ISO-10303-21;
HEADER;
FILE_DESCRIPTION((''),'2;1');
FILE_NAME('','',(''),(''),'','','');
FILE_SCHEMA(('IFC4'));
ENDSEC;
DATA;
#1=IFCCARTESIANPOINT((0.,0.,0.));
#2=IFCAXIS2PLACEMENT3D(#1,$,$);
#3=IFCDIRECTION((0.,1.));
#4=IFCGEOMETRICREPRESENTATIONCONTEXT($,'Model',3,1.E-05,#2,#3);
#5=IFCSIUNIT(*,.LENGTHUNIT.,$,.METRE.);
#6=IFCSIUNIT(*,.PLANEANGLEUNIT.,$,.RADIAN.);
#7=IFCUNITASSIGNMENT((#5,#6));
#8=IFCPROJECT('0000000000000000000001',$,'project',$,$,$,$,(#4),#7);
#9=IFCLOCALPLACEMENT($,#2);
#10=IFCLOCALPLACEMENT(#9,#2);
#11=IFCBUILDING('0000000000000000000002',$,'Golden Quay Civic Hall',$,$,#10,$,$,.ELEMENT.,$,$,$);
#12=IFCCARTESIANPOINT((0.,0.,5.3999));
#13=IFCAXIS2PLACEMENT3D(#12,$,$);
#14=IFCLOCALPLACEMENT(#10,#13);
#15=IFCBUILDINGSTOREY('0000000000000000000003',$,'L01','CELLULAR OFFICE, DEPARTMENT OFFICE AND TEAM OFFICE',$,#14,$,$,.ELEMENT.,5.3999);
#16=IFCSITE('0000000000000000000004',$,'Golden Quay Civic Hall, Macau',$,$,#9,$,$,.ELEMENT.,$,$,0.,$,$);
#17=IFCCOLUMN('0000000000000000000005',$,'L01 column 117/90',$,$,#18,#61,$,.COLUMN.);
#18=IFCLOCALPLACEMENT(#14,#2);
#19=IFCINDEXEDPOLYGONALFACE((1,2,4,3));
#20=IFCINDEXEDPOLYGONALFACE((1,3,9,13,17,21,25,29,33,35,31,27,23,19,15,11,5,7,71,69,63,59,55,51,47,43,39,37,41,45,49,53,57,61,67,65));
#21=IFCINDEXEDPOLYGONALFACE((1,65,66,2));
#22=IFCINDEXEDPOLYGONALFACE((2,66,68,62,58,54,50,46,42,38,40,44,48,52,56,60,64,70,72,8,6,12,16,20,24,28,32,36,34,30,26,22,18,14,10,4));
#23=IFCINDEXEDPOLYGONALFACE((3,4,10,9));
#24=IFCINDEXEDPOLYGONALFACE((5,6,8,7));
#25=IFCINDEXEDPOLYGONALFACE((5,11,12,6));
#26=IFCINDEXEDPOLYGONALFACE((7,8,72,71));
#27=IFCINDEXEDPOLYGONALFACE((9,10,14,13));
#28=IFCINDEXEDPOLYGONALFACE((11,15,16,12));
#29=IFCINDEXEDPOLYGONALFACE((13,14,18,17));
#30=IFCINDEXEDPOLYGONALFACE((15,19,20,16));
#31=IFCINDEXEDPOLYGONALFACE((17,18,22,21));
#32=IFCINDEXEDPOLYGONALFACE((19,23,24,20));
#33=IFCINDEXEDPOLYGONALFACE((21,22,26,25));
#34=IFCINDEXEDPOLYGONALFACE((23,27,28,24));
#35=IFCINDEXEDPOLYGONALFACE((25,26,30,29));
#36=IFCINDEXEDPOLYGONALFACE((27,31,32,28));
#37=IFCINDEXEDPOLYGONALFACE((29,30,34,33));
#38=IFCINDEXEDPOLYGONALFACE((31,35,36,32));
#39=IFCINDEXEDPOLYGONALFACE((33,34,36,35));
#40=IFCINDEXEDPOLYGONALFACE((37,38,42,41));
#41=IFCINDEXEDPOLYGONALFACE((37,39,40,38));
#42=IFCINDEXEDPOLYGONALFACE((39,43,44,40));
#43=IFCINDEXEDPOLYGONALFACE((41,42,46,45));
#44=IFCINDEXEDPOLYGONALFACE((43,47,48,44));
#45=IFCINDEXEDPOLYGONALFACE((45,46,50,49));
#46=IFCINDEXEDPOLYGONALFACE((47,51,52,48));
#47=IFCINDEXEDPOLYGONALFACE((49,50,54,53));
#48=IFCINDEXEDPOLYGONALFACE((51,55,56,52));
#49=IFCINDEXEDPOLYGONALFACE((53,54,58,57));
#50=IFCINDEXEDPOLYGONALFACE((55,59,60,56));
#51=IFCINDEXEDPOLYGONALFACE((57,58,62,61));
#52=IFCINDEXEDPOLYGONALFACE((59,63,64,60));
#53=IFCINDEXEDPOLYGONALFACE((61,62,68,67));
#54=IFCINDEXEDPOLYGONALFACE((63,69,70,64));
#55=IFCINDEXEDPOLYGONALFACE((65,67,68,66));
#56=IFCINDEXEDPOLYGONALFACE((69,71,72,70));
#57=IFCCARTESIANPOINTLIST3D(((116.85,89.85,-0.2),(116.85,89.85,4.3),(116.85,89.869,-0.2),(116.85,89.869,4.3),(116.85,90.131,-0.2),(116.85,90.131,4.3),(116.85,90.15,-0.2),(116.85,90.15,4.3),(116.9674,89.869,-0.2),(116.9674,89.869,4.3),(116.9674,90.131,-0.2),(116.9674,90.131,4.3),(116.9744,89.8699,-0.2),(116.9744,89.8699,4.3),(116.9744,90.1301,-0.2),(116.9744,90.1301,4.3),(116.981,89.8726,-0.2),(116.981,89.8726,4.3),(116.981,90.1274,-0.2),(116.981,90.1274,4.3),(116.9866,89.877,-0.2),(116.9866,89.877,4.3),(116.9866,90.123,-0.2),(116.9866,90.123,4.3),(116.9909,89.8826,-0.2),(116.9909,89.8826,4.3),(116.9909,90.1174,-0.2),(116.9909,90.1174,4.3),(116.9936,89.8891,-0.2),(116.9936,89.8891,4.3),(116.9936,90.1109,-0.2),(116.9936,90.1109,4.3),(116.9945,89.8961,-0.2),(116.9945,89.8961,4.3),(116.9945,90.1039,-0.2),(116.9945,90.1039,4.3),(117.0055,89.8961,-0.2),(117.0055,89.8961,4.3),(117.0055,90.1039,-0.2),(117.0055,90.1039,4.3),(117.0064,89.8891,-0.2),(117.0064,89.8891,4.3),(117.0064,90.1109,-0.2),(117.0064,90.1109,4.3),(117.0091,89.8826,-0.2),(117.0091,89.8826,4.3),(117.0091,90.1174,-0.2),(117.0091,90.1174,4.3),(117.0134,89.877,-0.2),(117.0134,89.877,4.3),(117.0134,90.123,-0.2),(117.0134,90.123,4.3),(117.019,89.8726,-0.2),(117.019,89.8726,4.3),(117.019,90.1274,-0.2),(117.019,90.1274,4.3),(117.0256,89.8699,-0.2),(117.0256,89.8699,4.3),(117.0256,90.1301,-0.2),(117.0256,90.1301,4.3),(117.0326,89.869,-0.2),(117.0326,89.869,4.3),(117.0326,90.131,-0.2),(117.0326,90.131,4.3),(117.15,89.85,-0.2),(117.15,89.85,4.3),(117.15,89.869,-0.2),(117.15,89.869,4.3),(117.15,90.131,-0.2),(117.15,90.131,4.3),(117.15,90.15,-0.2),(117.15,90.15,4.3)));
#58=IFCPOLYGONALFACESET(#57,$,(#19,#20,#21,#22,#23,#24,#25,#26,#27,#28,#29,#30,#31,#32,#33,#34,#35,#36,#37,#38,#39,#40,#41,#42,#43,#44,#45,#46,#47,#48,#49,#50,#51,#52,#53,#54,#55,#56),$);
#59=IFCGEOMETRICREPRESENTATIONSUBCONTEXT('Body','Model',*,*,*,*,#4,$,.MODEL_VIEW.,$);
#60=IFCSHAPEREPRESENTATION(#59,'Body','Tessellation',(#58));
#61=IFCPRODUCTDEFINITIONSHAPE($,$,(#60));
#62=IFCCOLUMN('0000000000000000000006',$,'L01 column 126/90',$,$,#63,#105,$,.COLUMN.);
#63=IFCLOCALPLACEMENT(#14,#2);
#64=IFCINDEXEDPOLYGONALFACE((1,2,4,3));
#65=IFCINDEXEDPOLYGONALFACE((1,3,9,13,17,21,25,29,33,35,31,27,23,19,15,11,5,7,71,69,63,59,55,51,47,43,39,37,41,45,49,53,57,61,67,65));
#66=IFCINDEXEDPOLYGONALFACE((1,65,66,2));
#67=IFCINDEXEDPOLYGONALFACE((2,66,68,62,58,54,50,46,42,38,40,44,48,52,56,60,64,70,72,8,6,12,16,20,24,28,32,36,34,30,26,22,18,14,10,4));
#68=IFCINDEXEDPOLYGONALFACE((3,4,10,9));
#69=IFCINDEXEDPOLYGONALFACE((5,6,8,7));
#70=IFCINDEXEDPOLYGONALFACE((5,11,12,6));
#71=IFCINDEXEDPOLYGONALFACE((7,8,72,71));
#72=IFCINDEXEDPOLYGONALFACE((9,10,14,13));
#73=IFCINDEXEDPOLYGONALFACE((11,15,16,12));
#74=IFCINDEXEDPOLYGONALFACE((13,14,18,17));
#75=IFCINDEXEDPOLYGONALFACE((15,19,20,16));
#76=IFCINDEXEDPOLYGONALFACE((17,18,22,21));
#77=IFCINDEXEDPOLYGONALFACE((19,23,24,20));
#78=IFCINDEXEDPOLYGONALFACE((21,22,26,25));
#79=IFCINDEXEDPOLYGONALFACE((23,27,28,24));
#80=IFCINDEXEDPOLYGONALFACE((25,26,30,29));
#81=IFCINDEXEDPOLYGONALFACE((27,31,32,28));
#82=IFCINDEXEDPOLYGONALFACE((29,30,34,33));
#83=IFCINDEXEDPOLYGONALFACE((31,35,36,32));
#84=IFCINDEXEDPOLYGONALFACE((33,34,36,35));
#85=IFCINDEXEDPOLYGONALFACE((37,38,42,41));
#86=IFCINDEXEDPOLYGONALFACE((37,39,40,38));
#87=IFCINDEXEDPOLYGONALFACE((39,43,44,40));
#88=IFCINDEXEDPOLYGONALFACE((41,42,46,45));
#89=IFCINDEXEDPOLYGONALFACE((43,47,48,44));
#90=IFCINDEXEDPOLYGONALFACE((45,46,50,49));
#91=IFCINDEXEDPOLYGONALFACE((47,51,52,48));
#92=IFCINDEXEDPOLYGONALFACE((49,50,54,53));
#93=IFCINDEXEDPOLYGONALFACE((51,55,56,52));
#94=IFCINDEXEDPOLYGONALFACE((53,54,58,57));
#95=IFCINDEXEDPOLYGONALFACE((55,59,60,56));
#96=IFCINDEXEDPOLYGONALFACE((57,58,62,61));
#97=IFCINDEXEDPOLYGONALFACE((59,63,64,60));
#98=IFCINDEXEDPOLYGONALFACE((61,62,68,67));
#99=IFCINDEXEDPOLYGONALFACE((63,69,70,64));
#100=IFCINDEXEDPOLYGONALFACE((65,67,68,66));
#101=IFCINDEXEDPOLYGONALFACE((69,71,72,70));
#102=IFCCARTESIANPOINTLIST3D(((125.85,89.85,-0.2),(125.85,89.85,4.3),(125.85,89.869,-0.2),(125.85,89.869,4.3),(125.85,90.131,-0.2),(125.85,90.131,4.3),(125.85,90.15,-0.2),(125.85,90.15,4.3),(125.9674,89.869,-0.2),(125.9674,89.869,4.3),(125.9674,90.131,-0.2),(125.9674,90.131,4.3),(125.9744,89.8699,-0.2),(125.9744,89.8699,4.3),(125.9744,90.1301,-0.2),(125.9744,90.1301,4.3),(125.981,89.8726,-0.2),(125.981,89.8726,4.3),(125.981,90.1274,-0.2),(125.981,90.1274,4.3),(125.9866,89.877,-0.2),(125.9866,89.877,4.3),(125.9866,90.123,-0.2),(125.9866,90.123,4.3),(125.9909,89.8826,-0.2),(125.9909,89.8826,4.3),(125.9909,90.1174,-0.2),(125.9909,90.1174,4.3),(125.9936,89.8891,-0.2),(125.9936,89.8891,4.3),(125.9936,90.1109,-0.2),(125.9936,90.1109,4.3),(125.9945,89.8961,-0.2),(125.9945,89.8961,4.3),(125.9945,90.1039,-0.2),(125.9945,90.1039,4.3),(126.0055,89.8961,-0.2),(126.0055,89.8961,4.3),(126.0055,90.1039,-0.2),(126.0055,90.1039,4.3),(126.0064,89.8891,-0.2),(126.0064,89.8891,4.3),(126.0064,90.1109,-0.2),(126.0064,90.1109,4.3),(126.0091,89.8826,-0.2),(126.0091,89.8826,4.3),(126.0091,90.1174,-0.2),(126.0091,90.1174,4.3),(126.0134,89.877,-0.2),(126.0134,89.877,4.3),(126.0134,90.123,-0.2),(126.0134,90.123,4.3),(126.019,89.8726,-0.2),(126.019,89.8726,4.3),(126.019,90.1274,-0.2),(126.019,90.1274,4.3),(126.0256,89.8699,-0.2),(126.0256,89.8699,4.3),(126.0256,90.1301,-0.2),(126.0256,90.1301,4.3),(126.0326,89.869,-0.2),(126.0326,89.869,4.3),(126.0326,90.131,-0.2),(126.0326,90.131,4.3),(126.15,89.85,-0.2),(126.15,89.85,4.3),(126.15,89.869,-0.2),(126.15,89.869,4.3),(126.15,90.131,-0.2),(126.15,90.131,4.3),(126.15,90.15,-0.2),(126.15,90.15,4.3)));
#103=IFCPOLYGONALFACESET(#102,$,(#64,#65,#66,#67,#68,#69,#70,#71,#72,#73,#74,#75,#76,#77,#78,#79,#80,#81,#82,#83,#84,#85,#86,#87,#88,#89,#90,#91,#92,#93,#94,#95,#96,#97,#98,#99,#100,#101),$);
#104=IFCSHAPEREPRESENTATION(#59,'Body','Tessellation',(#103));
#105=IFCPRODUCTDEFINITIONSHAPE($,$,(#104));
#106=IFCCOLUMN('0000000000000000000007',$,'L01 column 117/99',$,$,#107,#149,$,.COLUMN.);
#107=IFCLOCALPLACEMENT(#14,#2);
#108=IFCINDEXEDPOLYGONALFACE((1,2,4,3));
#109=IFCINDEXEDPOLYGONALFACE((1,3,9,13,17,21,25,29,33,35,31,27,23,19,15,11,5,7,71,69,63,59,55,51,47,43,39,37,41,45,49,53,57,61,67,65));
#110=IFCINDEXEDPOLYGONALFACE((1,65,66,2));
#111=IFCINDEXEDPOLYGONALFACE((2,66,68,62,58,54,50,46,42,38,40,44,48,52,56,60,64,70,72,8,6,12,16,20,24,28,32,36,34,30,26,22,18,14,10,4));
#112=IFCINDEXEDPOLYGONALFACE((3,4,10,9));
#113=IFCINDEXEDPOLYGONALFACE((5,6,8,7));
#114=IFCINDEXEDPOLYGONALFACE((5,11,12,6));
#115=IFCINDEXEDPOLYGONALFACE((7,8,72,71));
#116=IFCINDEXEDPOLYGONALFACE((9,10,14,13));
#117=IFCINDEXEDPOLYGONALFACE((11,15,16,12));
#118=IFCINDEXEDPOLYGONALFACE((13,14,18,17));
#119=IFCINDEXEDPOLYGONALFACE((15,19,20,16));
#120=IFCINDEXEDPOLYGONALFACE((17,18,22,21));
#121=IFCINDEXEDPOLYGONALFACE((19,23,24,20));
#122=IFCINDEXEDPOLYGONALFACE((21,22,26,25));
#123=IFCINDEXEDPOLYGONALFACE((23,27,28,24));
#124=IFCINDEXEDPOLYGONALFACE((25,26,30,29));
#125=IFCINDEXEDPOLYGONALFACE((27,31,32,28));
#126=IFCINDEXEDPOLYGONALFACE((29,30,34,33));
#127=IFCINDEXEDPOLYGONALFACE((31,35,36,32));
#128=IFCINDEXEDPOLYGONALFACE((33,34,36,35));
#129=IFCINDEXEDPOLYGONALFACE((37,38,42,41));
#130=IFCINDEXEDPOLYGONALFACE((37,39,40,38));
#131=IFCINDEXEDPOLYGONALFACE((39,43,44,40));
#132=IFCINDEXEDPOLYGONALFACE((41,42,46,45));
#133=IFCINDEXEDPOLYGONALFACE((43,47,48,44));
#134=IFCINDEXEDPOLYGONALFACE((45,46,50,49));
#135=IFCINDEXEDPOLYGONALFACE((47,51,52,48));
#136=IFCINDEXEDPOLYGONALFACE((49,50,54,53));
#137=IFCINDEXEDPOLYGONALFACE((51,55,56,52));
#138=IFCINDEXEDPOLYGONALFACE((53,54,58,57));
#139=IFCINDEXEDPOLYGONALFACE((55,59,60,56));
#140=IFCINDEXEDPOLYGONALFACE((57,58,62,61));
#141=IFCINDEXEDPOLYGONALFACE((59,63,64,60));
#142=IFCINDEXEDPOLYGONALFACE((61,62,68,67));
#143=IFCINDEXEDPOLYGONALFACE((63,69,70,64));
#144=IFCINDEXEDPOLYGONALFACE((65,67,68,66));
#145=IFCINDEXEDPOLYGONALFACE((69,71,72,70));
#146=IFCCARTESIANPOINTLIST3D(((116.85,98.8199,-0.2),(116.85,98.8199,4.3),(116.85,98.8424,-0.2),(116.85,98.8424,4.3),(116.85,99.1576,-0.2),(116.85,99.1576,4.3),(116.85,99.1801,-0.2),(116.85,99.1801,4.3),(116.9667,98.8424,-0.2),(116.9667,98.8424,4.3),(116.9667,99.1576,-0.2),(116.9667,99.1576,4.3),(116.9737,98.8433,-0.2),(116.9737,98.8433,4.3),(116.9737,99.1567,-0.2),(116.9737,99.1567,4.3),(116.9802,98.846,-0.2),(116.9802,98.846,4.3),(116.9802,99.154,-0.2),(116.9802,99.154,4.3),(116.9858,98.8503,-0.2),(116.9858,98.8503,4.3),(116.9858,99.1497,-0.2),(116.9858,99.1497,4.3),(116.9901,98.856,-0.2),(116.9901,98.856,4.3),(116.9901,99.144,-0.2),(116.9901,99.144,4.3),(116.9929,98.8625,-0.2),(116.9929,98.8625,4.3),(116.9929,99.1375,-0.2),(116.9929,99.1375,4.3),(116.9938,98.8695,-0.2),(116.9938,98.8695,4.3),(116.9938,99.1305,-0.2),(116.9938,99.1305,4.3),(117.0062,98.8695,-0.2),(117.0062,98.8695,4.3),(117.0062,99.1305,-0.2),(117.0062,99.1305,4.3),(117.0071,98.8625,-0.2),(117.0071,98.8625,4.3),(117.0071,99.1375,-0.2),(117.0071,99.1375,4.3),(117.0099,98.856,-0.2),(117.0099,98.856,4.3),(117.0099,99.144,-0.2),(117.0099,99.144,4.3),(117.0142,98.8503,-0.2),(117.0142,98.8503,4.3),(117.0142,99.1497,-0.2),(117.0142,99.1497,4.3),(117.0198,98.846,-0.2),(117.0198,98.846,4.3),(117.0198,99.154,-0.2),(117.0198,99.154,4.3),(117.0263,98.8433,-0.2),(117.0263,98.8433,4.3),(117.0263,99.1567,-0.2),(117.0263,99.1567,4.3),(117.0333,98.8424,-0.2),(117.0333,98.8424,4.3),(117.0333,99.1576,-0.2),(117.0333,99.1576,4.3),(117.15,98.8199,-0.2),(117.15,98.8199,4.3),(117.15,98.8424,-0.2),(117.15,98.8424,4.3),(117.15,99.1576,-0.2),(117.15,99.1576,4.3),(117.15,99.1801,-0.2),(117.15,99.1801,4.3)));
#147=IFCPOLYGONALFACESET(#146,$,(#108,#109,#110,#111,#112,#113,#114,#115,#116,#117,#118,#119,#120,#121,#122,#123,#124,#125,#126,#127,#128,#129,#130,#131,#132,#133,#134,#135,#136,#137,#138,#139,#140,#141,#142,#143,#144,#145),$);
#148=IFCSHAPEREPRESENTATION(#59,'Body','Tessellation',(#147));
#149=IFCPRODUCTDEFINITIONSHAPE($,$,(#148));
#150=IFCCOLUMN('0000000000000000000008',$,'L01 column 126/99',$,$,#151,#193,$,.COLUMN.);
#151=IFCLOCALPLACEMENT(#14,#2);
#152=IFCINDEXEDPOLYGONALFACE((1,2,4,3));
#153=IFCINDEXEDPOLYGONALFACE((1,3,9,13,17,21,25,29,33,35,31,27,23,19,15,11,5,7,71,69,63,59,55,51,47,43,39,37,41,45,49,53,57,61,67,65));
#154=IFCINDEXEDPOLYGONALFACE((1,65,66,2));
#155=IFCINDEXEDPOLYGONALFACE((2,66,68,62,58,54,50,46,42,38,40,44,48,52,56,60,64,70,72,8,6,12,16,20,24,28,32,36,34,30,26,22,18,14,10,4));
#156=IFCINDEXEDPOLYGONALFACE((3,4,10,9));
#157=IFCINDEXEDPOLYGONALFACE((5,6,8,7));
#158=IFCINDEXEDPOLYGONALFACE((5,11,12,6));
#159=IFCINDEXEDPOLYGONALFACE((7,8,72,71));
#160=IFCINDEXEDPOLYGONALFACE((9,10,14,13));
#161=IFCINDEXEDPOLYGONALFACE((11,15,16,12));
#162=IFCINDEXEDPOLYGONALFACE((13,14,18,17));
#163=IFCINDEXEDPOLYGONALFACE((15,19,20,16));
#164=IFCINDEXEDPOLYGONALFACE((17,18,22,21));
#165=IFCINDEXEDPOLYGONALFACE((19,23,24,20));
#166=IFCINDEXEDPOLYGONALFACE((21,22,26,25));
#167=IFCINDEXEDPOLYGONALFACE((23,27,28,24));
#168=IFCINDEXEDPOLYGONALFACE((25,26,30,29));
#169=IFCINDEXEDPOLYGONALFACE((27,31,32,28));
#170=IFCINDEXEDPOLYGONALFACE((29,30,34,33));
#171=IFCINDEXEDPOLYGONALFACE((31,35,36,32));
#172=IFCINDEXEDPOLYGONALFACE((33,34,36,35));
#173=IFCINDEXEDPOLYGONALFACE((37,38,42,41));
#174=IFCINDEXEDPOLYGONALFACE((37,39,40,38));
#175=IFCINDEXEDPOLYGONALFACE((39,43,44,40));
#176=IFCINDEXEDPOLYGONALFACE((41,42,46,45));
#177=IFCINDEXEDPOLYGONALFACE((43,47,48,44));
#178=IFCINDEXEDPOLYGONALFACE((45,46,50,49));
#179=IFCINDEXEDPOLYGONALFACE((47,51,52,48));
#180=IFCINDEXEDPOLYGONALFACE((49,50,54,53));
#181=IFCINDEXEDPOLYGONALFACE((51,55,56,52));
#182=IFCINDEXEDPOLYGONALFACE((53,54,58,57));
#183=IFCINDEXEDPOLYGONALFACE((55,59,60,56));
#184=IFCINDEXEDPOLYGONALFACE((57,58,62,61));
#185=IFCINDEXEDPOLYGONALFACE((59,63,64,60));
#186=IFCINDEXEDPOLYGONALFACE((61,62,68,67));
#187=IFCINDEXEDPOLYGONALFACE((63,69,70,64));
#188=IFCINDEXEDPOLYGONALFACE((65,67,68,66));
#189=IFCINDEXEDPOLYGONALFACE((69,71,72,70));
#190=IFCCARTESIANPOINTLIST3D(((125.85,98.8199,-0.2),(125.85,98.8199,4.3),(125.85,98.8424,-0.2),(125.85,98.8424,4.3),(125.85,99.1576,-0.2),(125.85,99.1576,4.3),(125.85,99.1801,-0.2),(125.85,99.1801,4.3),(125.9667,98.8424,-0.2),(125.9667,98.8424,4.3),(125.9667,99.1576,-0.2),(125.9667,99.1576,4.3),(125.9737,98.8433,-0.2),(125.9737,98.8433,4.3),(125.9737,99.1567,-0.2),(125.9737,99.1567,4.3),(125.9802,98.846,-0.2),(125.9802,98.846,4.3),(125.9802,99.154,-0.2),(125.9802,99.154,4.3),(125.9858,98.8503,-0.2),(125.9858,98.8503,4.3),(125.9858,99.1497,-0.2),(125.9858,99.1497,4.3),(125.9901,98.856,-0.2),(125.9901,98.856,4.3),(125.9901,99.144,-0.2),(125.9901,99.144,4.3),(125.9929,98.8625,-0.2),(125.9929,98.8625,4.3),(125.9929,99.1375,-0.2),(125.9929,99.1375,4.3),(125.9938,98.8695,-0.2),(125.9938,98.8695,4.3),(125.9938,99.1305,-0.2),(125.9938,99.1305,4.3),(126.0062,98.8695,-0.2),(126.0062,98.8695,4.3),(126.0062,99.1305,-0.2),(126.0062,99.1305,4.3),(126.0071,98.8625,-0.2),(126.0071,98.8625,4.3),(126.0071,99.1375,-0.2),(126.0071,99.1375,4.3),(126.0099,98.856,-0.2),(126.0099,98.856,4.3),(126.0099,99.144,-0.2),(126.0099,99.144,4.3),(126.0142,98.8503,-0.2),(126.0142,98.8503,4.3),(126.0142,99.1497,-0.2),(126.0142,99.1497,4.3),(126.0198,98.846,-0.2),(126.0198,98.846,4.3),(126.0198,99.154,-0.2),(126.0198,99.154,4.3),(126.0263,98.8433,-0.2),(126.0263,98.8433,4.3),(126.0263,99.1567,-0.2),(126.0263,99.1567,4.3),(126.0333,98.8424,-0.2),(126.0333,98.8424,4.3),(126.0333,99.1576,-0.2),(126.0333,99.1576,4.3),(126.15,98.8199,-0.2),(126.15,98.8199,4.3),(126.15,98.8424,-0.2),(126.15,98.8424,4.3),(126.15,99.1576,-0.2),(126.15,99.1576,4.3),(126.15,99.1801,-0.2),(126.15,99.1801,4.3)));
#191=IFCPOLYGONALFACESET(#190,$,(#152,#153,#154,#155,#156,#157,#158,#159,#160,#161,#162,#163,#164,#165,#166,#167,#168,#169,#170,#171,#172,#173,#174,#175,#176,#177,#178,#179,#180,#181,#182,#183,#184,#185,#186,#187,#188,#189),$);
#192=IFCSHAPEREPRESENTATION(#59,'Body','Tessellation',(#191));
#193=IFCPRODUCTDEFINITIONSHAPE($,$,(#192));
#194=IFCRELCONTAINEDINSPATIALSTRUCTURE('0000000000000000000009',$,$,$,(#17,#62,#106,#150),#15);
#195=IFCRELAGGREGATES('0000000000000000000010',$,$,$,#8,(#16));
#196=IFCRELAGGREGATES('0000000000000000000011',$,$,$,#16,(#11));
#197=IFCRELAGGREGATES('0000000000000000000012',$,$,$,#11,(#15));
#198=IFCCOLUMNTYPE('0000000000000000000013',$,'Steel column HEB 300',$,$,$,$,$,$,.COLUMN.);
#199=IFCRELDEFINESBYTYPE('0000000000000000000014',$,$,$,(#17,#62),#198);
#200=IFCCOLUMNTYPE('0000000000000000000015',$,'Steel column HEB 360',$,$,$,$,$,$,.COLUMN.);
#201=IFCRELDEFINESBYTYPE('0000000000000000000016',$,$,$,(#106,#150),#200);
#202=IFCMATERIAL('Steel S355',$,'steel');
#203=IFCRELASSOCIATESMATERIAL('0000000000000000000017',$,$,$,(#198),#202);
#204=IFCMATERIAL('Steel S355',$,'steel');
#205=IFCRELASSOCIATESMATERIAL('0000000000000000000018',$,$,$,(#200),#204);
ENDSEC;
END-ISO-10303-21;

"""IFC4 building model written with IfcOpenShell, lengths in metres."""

from ifc_helpers import new_model, si_unit, direction, frame, origin, origin_2d, place, context, subcontext, project, spatial, i_section, extrude, material, material_profile, profile_set, type_object, element, save


model = new_model("IFC4")

# Units and contexts
model_context = context("Model", 3, precision=1e-05, world=origin(), true_north=direction((0.0, 1.0)))
body_context = subcontext(model_context, "Body", "Model", "MODEL_VIEW")
ifc_project = project(units=[si_unit("LENGTHUNIT", "METRE"), si_unit("PLANEANGLEUNIT", "RADIAN")], contexts=[model_context])

# Site, building, storey
site_placement = place(None, origin())
site = spatial("IfcSite", under=ifc_project, at=site_placement, Name="Golden Quay Civic Hall, Macau", CompositionType="ELEMENT", RefElevation=0.0)
building_placement = place(site_placement, origin())
building = spatial("IfcBuilding", under=site, at=building_placement, Name="Golden Quay Civic Hall", CompositionType="ELEMENT")
storey_placement = place(building_placement, frame((0.0, 0.0, 5.3999)))
storey = spatial("IfcBuildingStorey", under=building, at=storey_placement, Name="L01", Description="CELLULAR OFFICE, DEPARTMENT OFFICE AND TEAM OFFICE", CompositionType="ELEMENT", Elevation=5.3999)

# Columns
ifc_material_1 = material(Name="Steel S355", Category="steel")
ifc_material_profile_1 = material_profile(ifc_material_1, i_section(OverallWidth=0.3, OverallDepth=0.3, WebThickness=0.011, FlangeThickness=0.019, FilletRadius=0.0271, at=origin_2d()), Name="HEB 300")
ifc_profile_set_1 = profile_set([ifc_material_profile_1], Name="Steel S355")
column_type_1 = type_object("IfcColumnType", Name="Steel column HEB 300", PredefinedType="COLUMN", material=ifc_profile_set_1)
for number, where, z_axis, x_axis, name in (
    (1, (117.0, 90.0, -0.2), (0.0, 0.0, 1.0), (1.0, 0.0, 0.0), "L01 column 117/90"),
    (2, (126.0, 90.0, -0.2), (0.0, 0.0, 1.0), (1.0, 0.0, 0.0), "L01 column 126/90"),
):
    element("IfcColumn", number, at=place(storey_placement, frame(where, z_axis=z_axis, x_axis=x_axis)), inside=storey, type_object=column_type_1, Name=name, PredefinedType="COLUMN", context=body_context, shape_type="SweptSolid", body=[
        extrude(i_section(OverallWidth=0.3, OverallDepth=0.3, WebThickness=0.011, FlangeThickness=0.019, FilletRadius=0.0271, at=origin_2d()), origin(), (0.0, 0.0, 1.0), 4.5),
    ])
ifc_material_2 = material(Name="Steel S355", Category="steel")
ifc_material_profile_2 = material_profile(ifc_material_2, i_section(OverallWidth=0.3, OverallDepth=0.3601, WebThickness=0.0125, FlangeThickness=0.0225, FilletRadius=0.0271, at=origin_2d()), Name="HEB 360")
ifc_profile_set_2 = profile_set([ifc_material_profile_2], Name="Steel S355")
column_type_2 = type_object("IfcColumnType", Name="Steel column HEB 360", PredefinedType="COLUMN", material=ifc_profile_set_2)
for number, where, z_axis, x_axis, name in (
    (3, (117.0, 99.0, -0.2), (0.0, 0.0, 1.0), (1.0, 0.0, 0.0), "L01 column 117/99"),
    (4, (126.0, 99.0, -0.2), (0.0, 0.0, 1.0), (1.0, 0.0, 0.0), "L01 column 126/99"),
):
    element("IfcColumn", number, at=place(storey_placement, frame(where, z_axis=z_axis, x_axis=x_axis)), inside=storey, type_object=column_type_2, Name=name, PredefinedType="COLUMN", context=body_context, shape_type="SweptSolid", body=[
        extrude(i_section(OverallWidth=0.3, OverallDepth=0.3601, WebThickness=0.0125, FlangeThickness=0.0225, FilletRadius=0.0271, at=origin_2d()), origin(), (0.0, 0.0, 1.0), 4.5),
    ])

save(model, "model.ifc")
